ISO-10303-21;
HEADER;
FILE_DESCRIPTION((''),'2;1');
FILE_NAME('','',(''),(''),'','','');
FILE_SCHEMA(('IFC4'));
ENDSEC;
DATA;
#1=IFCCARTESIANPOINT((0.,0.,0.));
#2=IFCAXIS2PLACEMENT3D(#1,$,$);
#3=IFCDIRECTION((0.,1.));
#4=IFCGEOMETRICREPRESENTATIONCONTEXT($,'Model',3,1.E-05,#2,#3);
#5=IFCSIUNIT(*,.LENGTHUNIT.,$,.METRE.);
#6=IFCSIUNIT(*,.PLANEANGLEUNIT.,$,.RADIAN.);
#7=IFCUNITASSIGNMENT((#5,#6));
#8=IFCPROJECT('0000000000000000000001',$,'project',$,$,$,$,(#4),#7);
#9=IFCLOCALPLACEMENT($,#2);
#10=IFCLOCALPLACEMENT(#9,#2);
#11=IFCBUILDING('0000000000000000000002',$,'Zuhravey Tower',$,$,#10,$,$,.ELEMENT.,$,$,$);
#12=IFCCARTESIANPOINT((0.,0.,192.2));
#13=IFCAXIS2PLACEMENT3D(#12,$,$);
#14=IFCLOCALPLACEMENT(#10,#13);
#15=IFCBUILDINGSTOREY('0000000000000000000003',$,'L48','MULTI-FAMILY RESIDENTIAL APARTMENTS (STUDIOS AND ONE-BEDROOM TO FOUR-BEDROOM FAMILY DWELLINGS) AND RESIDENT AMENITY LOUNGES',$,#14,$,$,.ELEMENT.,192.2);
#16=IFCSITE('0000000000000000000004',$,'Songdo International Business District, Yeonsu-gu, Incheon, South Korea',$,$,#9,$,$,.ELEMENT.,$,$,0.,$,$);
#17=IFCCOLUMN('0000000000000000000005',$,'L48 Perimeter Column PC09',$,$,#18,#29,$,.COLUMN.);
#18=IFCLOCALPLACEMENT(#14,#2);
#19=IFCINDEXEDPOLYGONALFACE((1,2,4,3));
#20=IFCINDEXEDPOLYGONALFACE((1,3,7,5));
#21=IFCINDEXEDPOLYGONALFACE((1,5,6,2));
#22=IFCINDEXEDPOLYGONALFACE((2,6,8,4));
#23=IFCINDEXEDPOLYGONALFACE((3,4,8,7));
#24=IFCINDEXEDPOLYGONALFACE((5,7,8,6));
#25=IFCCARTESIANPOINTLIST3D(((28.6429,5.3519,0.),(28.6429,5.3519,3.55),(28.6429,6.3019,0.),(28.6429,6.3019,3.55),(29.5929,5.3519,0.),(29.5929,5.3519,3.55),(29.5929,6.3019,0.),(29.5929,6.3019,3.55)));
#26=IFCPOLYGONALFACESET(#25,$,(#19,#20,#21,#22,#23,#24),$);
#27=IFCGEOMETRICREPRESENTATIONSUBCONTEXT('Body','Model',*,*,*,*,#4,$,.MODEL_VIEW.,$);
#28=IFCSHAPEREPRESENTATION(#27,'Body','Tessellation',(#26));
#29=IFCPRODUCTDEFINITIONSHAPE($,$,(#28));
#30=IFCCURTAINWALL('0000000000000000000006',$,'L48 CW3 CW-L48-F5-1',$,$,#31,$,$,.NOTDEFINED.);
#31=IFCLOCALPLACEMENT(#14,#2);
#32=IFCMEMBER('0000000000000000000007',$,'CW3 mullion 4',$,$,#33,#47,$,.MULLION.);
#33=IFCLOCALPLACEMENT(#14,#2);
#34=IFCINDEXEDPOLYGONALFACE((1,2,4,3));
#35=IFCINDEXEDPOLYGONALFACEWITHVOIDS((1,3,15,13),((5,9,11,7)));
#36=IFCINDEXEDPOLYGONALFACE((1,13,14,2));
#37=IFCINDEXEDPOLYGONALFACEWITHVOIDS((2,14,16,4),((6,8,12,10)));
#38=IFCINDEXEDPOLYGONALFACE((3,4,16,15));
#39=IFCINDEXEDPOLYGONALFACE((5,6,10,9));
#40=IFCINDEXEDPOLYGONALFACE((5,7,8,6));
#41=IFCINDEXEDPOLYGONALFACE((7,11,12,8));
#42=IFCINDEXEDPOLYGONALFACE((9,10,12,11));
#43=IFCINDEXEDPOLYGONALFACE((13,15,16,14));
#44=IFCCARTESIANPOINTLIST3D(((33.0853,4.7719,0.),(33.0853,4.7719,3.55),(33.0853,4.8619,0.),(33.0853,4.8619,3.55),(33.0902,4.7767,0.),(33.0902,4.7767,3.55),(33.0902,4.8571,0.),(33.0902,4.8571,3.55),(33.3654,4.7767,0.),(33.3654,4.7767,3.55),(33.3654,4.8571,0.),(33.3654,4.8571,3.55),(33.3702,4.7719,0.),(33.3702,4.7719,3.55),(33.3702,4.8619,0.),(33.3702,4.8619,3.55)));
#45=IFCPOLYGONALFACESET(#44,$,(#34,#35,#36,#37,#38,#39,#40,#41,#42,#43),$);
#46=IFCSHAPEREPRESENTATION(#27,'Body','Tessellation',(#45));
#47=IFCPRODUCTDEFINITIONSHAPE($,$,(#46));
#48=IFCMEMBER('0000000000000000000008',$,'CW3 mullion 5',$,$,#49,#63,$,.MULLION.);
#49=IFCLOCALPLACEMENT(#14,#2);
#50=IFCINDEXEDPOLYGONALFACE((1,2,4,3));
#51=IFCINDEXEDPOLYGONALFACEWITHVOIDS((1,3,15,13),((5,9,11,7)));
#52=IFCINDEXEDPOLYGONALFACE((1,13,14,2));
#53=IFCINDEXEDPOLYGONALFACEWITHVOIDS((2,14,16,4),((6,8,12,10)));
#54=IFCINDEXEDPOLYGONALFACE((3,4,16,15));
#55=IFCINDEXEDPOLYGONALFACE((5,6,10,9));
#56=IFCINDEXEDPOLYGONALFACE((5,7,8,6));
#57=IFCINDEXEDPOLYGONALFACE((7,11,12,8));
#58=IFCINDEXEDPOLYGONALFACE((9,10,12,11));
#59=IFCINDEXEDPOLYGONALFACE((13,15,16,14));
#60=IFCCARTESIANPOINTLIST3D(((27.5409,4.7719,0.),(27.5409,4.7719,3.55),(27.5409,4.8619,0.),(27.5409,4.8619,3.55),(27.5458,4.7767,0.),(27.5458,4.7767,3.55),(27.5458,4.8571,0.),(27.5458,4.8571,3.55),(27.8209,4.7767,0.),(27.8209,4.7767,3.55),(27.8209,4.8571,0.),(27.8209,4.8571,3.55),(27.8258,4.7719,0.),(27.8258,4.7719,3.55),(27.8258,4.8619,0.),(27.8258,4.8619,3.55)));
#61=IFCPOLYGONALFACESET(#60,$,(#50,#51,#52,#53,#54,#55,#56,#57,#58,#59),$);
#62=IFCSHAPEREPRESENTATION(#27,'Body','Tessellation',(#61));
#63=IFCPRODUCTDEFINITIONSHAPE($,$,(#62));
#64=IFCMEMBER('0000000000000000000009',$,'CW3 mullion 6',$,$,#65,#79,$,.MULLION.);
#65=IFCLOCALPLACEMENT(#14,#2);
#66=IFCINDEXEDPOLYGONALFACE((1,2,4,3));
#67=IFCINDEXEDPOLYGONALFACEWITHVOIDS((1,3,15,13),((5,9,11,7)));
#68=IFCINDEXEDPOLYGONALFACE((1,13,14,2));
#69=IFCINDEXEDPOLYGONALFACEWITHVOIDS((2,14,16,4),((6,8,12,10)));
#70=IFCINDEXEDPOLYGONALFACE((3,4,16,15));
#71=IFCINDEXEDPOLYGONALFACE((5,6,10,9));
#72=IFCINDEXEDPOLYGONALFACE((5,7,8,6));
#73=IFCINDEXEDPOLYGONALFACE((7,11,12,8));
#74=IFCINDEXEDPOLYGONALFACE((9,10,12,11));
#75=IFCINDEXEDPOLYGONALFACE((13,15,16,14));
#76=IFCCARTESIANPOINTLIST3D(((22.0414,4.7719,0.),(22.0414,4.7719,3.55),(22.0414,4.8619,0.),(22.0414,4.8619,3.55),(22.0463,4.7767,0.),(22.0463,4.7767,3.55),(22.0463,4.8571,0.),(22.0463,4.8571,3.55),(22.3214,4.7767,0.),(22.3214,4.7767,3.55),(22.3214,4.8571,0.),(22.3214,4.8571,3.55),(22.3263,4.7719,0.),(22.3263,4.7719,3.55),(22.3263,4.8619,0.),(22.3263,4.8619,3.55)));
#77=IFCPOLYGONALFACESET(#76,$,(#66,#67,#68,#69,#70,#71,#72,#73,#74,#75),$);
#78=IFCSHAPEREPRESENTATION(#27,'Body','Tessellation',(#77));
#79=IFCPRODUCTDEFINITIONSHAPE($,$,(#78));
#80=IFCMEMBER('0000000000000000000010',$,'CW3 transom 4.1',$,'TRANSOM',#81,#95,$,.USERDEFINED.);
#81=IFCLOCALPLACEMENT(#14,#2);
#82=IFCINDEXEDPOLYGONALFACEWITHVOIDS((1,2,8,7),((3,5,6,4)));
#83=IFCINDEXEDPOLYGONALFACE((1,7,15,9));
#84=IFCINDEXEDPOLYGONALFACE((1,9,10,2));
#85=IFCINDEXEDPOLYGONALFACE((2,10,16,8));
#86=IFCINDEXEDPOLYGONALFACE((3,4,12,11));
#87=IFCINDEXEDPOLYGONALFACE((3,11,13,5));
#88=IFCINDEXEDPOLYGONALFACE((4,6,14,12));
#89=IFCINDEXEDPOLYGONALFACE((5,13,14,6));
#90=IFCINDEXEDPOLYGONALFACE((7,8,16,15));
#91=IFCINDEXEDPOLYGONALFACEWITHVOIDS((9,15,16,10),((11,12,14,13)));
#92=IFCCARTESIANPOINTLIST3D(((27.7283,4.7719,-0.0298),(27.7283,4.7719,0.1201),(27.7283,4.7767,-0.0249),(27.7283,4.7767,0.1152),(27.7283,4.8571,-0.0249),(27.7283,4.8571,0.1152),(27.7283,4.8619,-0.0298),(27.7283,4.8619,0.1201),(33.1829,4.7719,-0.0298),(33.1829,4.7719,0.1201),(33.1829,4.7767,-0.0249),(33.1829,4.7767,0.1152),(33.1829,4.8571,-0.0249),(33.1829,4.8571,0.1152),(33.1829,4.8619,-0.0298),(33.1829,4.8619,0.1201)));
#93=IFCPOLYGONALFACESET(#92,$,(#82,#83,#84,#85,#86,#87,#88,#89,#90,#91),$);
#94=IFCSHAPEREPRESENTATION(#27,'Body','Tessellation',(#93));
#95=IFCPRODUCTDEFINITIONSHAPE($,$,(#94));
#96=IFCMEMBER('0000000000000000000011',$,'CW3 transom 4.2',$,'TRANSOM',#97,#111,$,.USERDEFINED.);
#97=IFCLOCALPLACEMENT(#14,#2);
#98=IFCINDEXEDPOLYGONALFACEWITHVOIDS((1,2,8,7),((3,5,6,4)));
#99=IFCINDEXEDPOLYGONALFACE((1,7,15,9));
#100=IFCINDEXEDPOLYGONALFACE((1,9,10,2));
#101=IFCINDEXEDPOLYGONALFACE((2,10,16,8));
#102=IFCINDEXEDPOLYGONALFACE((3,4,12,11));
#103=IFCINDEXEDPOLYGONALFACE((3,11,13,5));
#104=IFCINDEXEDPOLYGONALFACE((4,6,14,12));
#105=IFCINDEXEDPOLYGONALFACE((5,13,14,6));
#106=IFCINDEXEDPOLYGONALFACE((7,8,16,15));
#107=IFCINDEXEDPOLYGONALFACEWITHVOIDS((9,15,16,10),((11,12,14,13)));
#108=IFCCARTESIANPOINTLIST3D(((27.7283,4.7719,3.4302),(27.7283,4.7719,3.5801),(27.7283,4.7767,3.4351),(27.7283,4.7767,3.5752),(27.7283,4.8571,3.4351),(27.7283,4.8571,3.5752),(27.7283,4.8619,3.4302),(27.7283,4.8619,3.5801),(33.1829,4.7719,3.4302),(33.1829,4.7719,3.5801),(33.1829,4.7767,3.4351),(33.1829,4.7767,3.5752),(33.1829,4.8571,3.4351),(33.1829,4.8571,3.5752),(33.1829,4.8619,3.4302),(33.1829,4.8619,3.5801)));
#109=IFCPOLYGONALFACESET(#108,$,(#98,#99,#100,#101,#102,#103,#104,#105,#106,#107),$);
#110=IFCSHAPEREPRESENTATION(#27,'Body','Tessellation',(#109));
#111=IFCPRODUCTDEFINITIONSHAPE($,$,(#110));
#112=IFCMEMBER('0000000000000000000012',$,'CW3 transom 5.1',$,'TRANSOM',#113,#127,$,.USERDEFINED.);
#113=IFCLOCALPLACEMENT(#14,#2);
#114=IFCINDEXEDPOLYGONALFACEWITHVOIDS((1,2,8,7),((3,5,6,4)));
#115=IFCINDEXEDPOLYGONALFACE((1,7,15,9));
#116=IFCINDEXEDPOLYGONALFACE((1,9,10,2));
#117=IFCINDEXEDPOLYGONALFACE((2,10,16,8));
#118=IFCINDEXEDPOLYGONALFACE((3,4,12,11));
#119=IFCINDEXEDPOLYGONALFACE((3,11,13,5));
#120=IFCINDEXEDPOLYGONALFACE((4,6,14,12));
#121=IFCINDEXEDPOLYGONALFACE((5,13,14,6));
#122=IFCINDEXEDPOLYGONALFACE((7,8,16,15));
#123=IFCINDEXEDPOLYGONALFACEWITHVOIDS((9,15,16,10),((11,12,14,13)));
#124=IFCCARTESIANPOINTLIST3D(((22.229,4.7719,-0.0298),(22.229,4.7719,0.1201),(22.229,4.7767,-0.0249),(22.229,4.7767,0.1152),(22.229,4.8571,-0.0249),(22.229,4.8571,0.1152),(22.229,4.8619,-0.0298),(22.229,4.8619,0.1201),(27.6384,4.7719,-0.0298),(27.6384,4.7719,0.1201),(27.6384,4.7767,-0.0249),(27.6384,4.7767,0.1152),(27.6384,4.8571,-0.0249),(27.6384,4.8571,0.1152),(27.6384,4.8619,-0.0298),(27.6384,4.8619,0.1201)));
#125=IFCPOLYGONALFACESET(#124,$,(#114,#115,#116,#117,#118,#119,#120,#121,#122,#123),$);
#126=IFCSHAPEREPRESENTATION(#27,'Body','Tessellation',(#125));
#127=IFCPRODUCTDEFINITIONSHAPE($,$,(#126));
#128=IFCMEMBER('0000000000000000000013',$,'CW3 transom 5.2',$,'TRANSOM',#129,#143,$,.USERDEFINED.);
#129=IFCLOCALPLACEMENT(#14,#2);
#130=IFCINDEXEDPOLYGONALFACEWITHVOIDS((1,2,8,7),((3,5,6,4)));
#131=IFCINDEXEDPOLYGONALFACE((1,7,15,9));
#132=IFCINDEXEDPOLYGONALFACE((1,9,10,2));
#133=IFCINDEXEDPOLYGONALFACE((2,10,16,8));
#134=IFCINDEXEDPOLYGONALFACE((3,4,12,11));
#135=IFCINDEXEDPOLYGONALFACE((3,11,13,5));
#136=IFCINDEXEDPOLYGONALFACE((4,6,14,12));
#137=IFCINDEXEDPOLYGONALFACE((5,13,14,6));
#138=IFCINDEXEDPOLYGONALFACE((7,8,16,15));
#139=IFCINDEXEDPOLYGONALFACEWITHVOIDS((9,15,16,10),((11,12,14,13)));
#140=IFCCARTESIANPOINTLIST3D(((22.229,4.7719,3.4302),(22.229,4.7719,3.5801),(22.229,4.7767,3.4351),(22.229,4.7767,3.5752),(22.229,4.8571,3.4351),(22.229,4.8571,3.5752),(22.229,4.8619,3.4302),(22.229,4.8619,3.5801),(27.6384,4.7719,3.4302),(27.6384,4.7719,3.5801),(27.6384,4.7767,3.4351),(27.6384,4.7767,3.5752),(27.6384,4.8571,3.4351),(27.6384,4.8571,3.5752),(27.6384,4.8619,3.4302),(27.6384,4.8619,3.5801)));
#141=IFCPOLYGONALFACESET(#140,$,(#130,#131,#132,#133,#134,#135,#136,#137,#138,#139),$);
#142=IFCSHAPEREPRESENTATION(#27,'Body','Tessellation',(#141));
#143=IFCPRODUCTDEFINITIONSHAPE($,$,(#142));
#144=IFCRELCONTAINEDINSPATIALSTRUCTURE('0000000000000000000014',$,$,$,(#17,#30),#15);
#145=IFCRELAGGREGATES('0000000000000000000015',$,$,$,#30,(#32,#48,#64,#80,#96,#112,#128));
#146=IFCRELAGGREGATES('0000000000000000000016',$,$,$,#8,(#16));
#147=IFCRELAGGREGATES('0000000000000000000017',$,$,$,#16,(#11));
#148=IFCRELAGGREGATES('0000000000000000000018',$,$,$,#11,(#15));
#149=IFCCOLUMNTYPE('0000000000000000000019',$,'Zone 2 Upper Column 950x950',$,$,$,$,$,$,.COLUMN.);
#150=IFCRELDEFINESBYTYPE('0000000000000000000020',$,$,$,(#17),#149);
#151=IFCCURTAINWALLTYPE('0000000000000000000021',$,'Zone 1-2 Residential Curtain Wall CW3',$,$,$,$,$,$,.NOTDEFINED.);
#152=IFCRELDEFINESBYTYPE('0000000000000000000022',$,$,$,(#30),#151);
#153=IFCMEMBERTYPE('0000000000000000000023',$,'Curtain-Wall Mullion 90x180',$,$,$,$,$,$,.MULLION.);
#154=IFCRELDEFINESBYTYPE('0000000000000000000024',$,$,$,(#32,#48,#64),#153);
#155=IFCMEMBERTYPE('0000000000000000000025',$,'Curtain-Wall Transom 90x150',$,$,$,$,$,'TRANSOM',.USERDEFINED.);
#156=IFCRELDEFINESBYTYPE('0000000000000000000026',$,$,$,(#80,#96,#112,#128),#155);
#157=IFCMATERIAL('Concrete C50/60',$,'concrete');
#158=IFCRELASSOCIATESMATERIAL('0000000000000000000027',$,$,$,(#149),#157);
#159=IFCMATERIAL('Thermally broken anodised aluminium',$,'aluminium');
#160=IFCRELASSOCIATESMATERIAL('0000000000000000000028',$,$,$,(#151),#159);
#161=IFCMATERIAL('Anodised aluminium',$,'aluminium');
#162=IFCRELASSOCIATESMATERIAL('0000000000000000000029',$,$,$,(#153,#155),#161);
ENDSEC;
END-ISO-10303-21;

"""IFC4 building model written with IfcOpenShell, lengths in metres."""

from ifc_helpers import new_model, si_unit, direction, frame, origin, origin_2d, place, context, subcontext, project, spatial, rectangle, hollow_rectangle, extrude, material, material_profile, profile_set, type_object, element, aggregate, save


model = new_model("IFC4")

# Units and contexts
model_context = context("Model", 3, precision=1e-05, world=origin(), true_north=direction((0.0, 1.0)))
body_context = subcontext(model_context, "Body", "Model", "MODEL_VIEW")
ifc_project = project(units=[si_unit("LENGTHUNIT", "METRE"), si_unit("PLANEANGLEUNIT", "RADIAN")], contexts=[model_context])

# Site, building, storey
site_placement = place(None, origin())
site = spatial("IfcSite", under=ifc_project, at=site_placement, Name="Songdo International Business District, Yeonsu-gu, Incheon, South Korea", CompositionType="ELEMENT", RefElevation=0.0)
building_placement = place(site_placement, origin())
building = spatial("IfcBuilding", under=site, at=building_placement, Name="Zuhravey Tower", CompositionType="ELEMENT")
storey_placement = place(building_placement, frame((0.0, 0.0, 192.2)))
storey = spatial("IfcBuildingStorey", under=building, at=storey_placement, Name="L48", Description="MULTI-FAMILY RESIDENTIAL APARTMENTS (STUDIOS AND ONE-BEDROOM TO FOUR-BEDROOM FAMILY DWELLINGS) AND RESIDENT AMENITY LOUNGES", CompositionType="ELEMENT", Elevation=192.2)

# Column
ifc_material_1 = material(Name="Concrete C50/60", Category="concrete")
ifc_material_profile_1 = material_profile(ifc_material_1, rectangle(XDim=0.95, YDim=0.95, at=origin_2d()), Name="RC-950x950")
ifc_profile_set_1 = profile_set([ifc_material_profile_1], Name="Concrete C50/60")
column_type = type_object("IfcColumnType", Name="Zone 2 Upper Column 950x950", PredefinedType="COLUMN", material=ifc_profile_set_1)
column_placement = place(storey_placement, frame((29.1179, 5.8269, 0.0), z_axis=(0.0, 0.0, 1.0), x_axis=(1.0, 0.0, 0.0)))
element("IfcColumn", 1, at=column_placement, inside=storey, type_object=column_type, Name="L48 Perimeter Column PC09", PredefinedType="COLUMN", context=body_context, shape_type="SweptSolid", body=[
    extrude(rectangle(XDim=0.95, YDim=0.95, at=origin_2d()), origin(), (0.0, 0.0, 1.0), 3.55),
])

# Curtain wall, members
ifc_material_2 = material(Name="Thermally broken anodised aluminium", Category="aluminium")
curtain_wall_type = type_object("IfcCurtainWallType", Name="Zone 1-2 Residential Curtain Wall CW3", PredefinedType="NOTDEFINED", material=ifc_material_2)
curtain_wall_placement = place(storey_placement, origin())
curtain_wall = element("IfcCurtainWall", 2, at=curtain_wall_placement, inside=storey, type_object=curtain_wall_type, Name="L48 CW3 CW-L48-F5-1", PredefinedType="NOTDEFINED")
ifc_material_3 = material(Name="Anodised aluminium", Category="aluminium")
ifc_material_profile_2 = material_profile(ifc_material_3, hollow_rectangle(XDim=0.0901, YDim=0.2849, WallThickness=0.0049, at=origin_2d()), Name="ALU-RHS-90x285x5")
ifc_profile_set_2 = profile_set([ifc_material_profile_2], Name="Anodised aluminium")
member_type_1 = type_object("IfcMemberType", Name="Curtain-Wall Mullion 90x180", PredefinedType="MULLION", material=ifc_profile_set_2)
member_1_placement = place(storey_placement, frame((33.2278, 4.8169, 0.0), z_axis=(0.0, 0.0, 1.0), x_axis=(0.0, -1.0, 0.0)))
member_1 = element("IfcMember", 3, at=member_1_placement, type_object=member_type_1, Name="CW3 mullion 4", PredefinedType="MULLION", context=body_context, shape_type="SweptSolid", body=[
    extrude(hollow_rectangle(XDim=0.0901, YDim=0.2849, WallThickness=0.0049, at=origin_2d()), origin(), (0.0, 0.0, 1.0), 3.55),
])
member_2_placement = place(storey_placement, frame((27.6833, 4.8169, 0.0), z_axis=(0.0, 0.0, 1.0), x_axis=(0.0, -1.0, 0.0)))
member_2 = element("IfcMember", 4, at=member_2_placement, type_object=member_type_1, Name="CW3 mullion 5", PredefinedType="MULLION", context=body_context, shape_type="SweptSolid", body=[
    extrude(hollow_rectangle(XDim=0.0901, YDim=0.2849, WallThickness=0.0049, at=origin_2d()), origin(), (0.0, 0.0, 1.0), 3.55),
])
member_3_placement = place(storey_placement, frame((22.1838, 4.8169, 0.0), z_axis=(0.0, 0.0, 1.0), x_axis=(0.0, -1.0, 0.0)))
member_3 = element("IfcMember", 5, at=member_3_placement, type_object=member_type_1, Name="CW3 mullion 6", PredefinedType="MULLION", context=body_context, shape_type="SweptSolid", body=[
    extrude(hollow_rectangle(XDim=0.0901, YDim=0.2849, WallThickness=0.0049, at=origin_2d()), origin(), (0.0, 0.0, 1.0), 3.55),
])
ifc_material_profile_3 = material_profile(ifc_material_3, hollow_rectangle(XDim=0.0901, YDim=0.1499, WallThickness=0.0049, at=origin_2d()), Name="ALU-RHS-90x150x5")
ifc_profile_set_3 = profile_set([ifc_material_profile_3], Name="Anodised aluminium")
member_type_2 = type_object("IfcMemberType", Name="Curtain-Wall Transom 90x150", ElementType="TRANSOM", PredefinedType="USERDEFINED", material=ifc_profile_set_3)
member_4_placement = place(storey_placement, frame((33.1829, 4.8169, 0.0452), z_axis=(-1.0, 0.0, 0.0), x_axis=(0.0, -1.0, 0.0)))
member_4 = element("IfcMember", 6, at=member_4_placement, type_object=member_type_2, Name="CW3 transom 4.1", ObjectType="TRANSOM", PredefinedType="USERDEFINED", context=body_context, shape_type="SweptSolid", body=[
    extrude(hollow_rectangle(XDim=0.0901, YDim=0.1499, WallThickness=0.0049, at=origin_2d()), origin(), (0.0, 0.0, 1.0), 5.4546),
])
member_5_placement = place(storey_placement, frame((33.1829, 4.8169, 3.5051), z_axis=(-1.0, 0.0, 0.0), x_axis=(0.0, -1.0, 0.0)))
member_5 = element("IfcMember", 7, at=member_5_placement, type_object=member_type_2, Name="CW3 transom 4.2", ObjectType="TRANSOM", PredefinedType="USERDEFINED", context=body_context, shape_type="SweptSolid", body=[
    extrude(hollow_rectangle(XDim=0.0901, YDim=0.1499, WallThickness=0.0049, at=origin_2d()), origin(), (0.0, 0.0, 1.0), 5.4546),
])
member_6_placement = place(storey_placement, frame((27.6384, 4.8169, 0.0452), z_axis=(-1.0, 0.0, 0.0), x_axis=(0.0, -1.0, 0.0)))
member_6 = element("IfcMember", 8, at=member_6_placement, type_object=member_type_2, Name="CW3 transom 5.1", ObjectType="TRANSOM", PredefinedType="USERDEFINED", context=body_context, shape_type="SweptSolid", body=[
    extrude(hollow_rectangle(XDim=0.0901, YDim=0.1499, WallThickness=0.0049, at=origin_2d()), origin(), (0.0, 0.0, 1.0), 5.4094),
])
member_7_placement = place(storey_placement, frame((27.6384, 4.8169, 3.5051), z_axis=(-1.0, 0.0, 0.0), x_axis=(0.0, -1.0, 0.0)))
member_7 = element("IfcMember", 9, at=member_7_placement, type_object=member_type_2, Name="CW3 transom 5.2", ObjectType="TRANSOM", PredefinedType="USERDEFINED", context=body_context, shape_type="SweptSolid", body=[
    extrude(hollow_rectangle(XDim=0.0901, YDim=0.1499, WallThickness=0.0049, at=origin_2d()), origin(), (0.0, 0.0, 1.0), 5.4094),
])

aggregate(curtain_wall, [member_1, member_2, member_3, member_4, member_5, member_6, member_7])

save(model, "model.ifc")
